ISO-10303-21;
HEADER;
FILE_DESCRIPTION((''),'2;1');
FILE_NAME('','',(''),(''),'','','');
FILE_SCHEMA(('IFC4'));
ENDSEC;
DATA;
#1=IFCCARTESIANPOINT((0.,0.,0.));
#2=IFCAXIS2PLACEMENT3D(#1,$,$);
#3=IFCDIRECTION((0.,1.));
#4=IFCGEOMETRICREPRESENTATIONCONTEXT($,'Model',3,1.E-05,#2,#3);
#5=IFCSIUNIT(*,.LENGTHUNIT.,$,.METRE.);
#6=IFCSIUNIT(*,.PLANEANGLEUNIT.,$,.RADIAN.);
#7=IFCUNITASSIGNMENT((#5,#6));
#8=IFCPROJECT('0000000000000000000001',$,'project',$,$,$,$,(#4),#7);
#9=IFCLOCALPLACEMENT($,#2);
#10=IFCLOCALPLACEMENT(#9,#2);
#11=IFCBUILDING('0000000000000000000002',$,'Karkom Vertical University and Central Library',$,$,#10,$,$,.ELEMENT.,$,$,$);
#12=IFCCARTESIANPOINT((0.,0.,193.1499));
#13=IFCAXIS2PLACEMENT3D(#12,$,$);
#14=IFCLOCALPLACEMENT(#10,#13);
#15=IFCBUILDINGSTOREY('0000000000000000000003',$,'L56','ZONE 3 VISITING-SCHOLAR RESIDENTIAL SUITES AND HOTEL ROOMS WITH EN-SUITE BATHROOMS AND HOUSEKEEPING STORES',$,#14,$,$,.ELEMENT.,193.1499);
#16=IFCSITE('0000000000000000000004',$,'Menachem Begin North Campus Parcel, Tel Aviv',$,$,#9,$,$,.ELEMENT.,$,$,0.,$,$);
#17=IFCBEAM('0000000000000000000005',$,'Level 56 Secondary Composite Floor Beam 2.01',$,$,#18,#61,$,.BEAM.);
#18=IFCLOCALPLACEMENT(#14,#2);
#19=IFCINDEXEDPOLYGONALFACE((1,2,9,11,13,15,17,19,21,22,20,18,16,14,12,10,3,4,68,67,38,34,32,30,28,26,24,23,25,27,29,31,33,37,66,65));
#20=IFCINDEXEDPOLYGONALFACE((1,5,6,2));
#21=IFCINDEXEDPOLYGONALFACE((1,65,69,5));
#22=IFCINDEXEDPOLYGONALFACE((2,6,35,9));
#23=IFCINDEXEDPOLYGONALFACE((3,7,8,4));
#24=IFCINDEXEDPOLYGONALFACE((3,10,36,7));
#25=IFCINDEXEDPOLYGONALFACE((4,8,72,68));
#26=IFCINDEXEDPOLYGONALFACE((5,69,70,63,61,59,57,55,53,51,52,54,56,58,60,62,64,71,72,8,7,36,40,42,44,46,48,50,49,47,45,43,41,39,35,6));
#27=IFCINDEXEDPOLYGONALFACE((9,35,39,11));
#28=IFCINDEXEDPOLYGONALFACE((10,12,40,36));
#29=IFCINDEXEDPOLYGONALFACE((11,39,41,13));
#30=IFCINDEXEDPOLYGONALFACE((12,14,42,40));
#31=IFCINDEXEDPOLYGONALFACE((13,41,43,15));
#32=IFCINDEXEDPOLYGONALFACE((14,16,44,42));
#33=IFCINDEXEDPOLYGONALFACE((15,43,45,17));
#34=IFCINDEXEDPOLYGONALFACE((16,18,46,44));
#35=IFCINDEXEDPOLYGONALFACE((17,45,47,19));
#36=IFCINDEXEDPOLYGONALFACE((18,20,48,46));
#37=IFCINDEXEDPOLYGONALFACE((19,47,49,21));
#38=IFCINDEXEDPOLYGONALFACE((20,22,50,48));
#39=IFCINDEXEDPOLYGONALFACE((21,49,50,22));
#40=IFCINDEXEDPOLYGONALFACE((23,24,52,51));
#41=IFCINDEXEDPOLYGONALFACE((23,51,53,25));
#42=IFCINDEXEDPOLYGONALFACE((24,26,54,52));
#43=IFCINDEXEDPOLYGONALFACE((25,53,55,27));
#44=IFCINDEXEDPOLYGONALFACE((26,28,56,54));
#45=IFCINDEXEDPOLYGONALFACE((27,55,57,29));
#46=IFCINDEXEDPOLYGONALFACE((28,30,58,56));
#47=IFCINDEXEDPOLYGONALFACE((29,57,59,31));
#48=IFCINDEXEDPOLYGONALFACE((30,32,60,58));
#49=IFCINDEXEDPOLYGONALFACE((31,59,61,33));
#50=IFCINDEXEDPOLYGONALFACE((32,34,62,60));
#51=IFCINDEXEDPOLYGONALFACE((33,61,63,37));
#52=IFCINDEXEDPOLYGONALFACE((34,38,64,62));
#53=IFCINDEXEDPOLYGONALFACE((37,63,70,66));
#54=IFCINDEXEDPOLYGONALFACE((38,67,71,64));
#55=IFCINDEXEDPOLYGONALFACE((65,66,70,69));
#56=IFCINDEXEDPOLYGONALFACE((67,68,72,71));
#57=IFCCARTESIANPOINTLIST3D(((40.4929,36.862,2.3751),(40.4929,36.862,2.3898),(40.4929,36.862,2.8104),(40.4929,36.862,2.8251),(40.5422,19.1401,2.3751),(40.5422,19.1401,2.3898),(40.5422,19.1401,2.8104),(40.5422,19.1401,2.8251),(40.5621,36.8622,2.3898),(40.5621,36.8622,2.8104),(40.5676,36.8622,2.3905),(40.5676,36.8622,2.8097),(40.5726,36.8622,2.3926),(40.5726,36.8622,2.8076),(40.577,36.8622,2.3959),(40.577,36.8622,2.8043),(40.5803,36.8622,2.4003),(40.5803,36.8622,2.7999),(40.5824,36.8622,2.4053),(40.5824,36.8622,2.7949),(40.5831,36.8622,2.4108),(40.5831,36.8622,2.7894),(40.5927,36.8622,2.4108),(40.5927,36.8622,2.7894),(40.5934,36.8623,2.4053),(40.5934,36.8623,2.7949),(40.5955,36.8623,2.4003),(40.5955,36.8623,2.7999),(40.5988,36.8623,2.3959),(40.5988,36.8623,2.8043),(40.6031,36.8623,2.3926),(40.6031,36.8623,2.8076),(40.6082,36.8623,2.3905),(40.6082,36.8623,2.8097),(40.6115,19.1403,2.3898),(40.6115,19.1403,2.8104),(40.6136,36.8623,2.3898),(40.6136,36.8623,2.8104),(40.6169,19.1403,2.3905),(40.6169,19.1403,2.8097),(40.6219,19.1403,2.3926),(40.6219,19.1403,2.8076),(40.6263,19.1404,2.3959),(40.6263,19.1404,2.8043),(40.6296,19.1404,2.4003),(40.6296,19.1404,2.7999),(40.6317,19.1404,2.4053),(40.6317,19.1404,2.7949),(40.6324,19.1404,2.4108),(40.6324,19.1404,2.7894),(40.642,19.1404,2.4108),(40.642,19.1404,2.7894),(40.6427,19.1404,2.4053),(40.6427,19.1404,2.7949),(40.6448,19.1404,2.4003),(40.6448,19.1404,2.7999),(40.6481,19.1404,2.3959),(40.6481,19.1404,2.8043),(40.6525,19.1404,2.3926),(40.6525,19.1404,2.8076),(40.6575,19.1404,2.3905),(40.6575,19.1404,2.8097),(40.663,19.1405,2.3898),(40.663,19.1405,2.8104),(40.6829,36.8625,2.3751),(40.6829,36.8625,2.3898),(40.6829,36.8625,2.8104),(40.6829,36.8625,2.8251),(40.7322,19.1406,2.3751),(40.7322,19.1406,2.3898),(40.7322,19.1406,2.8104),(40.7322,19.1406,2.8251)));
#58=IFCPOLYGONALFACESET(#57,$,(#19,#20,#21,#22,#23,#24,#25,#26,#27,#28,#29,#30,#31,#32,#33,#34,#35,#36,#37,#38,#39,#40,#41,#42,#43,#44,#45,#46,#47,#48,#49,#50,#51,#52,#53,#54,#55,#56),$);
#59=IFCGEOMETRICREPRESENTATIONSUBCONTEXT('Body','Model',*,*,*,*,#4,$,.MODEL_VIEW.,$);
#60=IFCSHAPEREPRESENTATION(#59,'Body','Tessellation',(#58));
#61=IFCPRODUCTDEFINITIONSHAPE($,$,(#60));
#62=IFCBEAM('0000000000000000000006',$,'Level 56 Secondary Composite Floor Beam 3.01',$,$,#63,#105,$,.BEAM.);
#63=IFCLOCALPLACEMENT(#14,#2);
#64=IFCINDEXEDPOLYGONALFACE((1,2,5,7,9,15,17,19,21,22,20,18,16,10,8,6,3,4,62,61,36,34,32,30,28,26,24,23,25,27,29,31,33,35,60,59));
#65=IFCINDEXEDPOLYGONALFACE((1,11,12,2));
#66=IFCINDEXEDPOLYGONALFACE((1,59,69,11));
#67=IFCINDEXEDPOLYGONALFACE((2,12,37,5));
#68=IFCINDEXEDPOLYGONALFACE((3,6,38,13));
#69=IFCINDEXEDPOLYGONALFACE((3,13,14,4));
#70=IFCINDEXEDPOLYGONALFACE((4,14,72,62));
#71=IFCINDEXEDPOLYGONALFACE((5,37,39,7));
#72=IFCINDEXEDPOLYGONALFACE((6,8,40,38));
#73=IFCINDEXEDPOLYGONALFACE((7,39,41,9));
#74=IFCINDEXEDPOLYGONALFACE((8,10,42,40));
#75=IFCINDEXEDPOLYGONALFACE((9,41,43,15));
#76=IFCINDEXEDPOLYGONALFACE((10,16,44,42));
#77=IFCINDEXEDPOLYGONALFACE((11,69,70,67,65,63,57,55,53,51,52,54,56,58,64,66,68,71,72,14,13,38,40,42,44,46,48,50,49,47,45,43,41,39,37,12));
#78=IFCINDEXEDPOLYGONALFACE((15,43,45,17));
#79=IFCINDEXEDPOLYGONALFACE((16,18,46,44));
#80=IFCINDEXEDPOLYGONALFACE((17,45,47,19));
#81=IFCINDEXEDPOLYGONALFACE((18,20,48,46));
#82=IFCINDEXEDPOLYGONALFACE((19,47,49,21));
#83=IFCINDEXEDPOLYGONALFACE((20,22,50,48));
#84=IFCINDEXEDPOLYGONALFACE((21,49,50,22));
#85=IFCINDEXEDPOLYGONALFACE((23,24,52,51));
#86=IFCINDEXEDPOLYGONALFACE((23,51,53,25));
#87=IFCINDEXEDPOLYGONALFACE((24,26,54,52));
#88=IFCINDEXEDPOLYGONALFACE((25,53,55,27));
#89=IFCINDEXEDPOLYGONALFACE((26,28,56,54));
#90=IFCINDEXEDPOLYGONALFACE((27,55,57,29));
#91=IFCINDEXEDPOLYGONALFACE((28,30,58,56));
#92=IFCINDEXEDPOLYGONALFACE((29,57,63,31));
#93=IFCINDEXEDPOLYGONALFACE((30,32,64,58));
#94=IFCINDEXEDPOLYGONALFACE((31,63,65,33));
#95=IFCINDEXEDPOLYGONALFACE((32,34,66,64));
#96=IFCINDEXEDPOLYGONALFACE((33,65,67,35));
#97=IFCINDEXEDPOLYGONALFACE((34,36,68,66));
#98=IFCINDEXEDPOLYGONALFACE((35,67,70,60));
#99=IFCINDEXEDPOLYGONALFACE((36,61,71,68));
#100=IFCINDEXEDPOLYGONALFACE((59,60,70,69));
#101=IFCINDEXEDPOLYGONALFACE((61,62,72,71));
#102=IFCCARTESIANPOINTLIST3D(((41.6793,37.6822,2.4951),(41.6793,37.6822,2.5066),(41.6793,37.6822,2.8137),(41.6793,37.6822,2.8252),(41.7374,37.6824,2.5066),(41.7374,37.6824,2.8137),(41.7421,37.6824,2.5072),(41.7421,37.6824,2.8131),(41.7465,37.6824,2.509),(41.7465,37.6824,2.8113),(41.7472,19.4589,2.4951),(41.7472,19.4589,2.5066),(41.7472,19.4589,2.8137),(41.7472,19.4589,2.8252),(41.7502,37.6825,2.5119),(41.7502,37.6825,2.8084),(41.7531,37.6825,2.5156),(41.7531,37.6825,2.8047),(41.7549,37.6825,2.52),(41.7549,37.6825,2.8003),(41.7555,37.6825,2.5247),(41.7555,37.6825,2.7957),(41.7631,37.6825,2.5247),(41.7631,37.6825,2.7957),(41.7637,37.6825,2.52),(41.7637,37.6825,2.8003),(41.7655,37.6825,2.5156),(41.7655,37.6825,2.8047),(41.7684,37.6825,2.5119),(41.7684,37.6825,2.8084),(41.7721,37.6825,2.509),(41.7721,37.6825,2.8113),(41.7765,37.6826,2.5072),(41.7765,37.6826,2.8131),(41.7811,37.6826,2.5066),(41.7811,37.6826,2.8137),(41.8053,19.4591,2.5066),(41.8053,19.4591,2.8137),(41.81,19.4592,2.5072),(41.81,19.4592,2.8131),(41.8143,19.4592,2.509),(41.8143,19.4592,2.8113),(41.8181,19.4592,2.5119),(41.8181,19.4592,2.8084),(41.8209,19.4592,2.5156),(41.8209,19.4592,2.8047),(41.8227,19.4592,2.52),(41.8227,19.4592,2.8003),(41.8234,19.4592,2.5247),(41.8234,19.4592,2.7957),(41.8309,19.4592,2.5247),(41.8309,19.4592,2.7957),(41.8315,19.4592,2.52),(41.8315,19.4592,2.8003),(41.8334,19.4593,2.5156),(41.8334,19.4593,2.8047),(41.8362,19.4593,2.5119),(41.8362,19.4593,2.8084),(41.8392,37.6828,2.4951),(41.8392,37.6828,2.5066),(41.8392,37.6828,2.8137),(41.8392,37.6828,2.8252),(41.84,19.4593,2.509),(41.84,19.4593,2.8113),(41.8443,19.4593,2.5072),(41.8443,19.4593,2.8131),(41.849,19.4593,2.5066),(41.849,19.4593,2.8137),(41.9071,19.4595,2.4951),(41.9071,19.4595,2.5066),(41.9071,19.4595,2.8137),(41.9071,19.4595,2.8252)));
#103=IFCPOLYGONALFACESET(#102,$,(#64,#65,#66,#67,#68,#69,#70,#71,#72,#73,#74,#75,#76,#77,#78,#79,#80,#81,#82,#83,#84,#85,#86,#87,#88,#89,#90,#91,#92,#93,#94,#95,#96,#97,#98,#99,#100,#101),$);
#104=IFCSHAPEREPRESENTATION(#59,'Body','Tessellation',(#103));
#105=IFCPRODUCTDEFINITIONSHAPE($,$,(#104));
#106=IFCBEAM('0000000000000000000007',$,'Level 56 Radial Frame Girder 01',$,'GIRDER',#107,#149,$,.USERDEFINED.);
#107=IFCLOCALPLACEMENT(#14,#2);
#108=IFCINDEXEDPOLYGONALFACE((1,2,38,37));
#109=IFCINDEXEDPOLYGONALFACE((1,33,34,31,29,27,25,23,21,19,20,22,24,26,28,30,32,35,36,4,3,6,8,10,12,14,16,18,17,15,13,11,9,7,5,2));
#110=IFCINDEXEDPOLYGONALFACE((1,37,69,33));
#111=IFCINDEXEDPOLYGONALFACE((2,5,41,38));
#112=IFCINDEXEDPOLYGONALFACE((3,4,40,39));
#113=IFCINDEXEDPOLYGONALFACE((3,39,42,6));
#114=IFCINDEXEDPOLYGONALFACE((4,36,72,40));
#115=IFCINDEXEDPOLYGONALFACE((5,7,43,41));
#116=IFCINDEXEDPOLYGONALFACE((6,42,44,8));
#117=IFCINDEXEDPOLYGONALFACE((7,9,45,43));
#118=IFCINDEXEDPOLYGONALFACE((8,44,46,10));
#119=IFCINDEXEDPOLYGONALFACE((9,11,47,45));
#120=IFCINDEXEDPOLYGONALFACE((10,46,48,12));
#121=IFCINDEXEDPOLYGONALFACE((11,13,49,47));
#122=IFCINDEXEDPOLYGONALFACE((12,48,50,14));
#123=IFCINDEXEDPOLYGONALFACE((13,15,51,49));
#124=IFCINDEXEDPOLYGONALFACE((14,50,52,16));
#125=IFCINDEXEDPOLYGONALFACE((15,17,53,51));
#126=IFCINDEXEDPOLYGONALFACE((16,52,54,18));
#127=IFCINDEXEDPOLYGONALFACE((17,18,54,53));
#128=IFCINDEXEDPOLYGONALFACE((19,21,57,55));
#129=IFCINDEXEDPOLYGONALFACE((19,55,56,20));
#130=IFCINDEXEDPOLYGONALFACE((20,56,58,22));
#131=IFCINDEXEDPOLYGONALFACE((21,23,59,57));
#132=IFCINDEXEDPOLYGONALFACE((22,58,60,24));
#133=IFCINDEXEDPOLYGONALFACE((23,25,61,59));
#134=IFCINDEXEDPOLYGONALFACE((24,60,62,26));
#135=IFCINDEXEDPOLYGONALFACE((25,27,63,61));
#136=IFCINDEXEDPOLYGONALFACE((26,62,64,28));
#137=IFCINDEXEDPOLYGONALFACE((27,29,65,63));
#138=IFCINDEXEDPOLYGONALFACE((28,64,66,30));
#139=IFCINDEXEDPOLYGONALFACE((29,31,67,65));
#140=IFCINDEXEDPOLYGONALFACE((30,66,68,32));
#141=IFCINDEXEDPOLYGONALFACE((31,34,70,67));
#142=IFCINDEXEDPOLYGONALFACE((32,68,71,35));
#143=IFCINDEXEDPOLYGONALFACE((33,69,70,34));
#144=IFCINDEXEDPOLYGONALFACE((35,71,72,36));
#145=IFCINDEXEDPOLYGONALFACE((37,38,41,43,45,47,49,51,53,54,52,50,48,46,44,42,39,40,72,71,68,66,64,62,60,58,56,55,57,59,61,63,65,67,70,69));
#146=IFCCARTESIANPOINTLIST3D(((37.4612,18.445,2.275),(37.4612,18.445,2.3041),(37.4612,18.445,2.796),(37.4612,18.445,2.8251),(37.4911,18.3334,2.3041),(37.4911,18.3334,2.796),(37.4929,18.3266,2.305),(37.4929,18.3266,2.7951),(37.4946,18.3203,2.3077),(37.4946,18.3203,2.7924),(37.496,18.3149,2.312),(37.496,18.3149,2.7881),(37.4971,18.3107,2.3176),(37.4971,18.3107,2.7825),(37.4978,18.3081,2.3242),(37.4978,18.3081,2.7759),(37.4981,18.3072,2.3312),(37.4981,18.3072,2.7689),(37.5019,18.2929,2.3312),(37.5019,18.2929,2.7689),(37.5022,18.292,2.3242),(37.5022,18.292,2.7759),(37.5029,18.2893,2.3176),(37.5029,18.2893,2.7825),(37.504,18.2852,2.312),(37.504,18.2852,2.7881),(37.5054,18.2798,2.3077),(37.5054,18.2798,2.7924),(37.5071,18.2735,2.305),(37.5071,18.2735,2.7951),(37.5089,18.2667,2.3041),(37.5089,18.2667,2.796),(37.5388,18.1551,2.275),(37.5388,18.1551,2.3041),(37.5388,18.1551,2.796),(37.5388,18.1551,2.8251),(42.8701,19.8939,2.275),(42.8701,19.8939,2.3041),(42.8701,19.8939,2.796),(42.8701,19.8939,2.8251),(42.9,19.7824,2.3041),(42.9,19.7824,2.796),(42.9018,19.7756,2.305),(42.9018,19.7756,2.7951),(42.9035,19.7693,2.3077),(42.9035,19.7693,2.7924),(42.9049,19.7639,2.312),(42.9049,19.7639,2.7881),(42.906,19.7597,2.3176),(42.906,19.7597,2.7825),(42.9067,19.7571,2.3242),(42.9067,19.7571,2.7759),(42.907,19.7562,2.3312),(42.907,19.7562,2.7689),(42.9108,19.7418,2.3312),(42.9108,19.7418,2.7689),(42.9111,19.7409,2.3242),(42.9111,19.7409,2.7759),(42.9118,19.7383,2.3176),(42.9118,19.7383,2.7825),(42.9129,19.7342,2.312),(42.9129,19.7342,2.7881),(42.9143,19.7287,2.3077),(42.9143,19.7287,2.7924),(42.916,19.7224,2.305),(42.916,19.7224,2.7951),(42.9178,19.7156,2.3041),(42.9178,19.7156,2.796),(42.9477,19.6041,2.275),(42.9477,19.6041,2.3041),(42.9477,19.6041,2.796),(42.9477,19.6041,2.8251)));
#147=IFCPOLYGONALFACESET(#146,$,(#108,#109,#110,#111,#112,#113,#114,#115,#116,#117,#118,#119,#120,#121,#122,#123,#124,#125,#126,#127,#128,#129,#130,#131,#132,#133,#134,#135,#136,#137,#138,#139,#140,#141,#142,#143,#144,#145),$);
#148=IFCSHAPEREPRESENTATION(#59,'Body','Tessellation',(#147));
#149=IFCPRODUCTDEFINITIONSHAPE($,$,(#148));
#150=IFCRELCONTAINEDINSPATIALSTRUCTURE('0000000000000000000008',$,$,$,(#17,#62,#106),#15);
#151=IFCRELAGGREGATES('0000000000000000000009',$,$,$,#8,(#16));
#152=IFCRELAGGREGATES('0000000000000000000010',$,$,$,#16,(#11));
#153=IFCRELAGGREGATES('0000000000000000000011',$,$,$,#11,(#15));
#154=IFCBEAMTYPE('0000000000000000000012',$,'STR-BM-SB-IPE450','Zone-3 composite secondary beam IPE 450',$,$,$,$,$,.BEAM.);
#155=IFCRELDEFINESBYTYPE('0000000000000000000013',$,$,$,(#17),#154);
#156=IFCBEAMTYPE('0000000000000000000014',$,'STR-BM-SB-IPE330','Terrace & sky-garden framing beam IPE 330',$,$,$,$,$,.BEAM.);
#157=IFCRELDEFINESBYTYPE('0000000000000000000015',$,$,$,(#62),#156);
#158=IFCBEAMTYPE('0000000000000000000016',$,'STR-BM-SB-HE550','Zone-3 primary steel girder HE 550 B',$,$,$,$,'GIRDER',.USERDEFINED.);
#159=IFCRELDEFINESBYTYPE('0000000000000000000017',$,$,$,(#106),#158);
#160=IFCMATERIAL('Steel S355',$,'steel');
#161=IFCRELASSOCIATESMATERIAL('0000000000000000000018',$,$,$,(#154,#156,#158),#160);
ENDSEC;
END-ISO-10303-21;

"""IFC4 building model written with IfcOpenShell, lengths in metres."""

from ifc_helpers import new_model, si_unit, direction, frame, origin, origin_with_axes, origin_2d, place, context, subcontext, project, spatial, i_section, extrude, source, transform, mapped, material, material_profile, profile_set, type_object, element, save


model = new_model("IFC4")

# Units and contexts
model_context = context("Model", 3, precision=1e-05, world=origin(), true_north=direction((0.0, 1.0)))
body_context = subcontext(model_context, "Body", "Model", "MODEL_VIEW")
ifc_project = project(units=[si_unit("LENGTHUNIT", "METRE"), si_unit("PLANEANGLEUNIT", "RADIAN")], contexts=[model_context])

# Site, building, storey
site_placement = place(None, origin())
site = spatial("IfcSite", under=ifc_project, at=site_placement, Name="Menachem Begin North Campus Parcel, Tel Aviv", CompositionType="ELEMENT", RefElevation=0.0)
building_placement = place(site_placement, origin())
building = spatial("IfcBuilding", under=site, at=building_placement, Name="Karkom Vertical University and Central Library", CompositionType="ELEMENT")
storey_placement = place(building_placement, frame((0.0, 0.0, 193.1499)))
storey = spatial("IfcBuildingStorey", under=building, at=storey_placement, Name="L56", Description="ZONE 3 VISITING-SCHOLAR RESIDENTIAL SUITES AND HOTEL ROOMS WITH EN-SUITE BATHROOMS AND HOUSEKEEPING STORES", CompositionType="ELEMENT", Elevation=193.1499)

# Beams
ifc_material_1 = material(Name="Steel S355", Category="steel")
ifc_material_profile_1 = material_profile(ifc_material_1, i_section(OverallWidth=0.1899, OverallDepth=0.45, WebThickness=0.0095, FlangeThickness=0.0146, FilletRadius=0.021, at=origin_2d()), Name="IPE 450")
ifc_profile_set_1 = profile_set([ifc_material_profile_1], Name="Steel S355")
beam_type_1 = type_object("IfcBeamType", Name="STR-BM-SB-IPE450", Description="Zone-3 composite secondary beam IPE 450", PredefinedType="BEAM", material=ifc_profile_set_1)
shared_shape_1 = source(origin_with_axes(), body_context, "Body", "SweptSolid", [
    extrude(i_section(OverallWidth=0.1899, OverallDepth=0.45, WebThickness=0.0095, FlangeThickness=0.0146, FilletRadius=0.021, at=origin_2d()), origin(), (0.0, 0.0, 1.0), 17.7219),
])
beam_1_placement = place(storey_placement, frame((40.6372, 19.1404, 2.6001), z_axis=(-0.002783, 0.999996, 0.0), x_axis=(-0.999996, -0.002783, 0.0)))
element("IfcBeam", 1, at=beam_1_placement, inside=storey, type_object=beam_type_1, Name="Level 56 Secondary Composite Floor Beam 2.01", PredefinedType="BEAM", context=body_context, shape_type="MappedRepresentation", body=[
    mapped(shared_shape_1, transform((0.0, 0.0, 0.0), scale=1.0)),
])
ifc_material_profile_2 = material_profile(ifc_material_1, i_section(OverallWidth=0.1599, OverallDepth=0.3301, WebThickness=0.0076, FlangeThickness=0.0115, FilletRadius=0.0181, at=origin_2d()), Name="IPE 330")
ifc_profile_set_2 = profile_set([ifc_material_profile_2], Name="Steel S355")
beam_type_2 = type_object("IfcBeamType", Name="STR-BM-SB-IPE330", Description="Terrace & sky-garden framing beam IPE 330", PredefinedType="BEAM", material=ifc_profile_set_2)
shared_shape_2 = source(origin_with_axes(), body_context, "Body", "SweptSolid", [
    extrude(i_section(OverallWidth=0.1599, OverallDepth=0.3301, WebThickness=0.0076, FlangeThickness=0.0115, FilletRadius=0.0181, at=origin_2d()), origin(), (0.0, 0.0, 1.0), 18.2234),
])
beam_2_placement = place(storey_placement, frame((41.8271, 19.4592, 2.6602), z_axis=(-0.003724, 0.999993, 0.0), x_axis=(-0.999993, -0.003724, 0.0)))
element("IfcBeam", 2, at=beam_2_placement, inside=storey, type_object=beam_type_2, Name="Level 56 Secondary Composite Floor Beam 3.01", PredefinedType="BEAM", context=body_context, shape_type="MappedRepresentation", body=[
    mapped(shared_shape_2, transform((0.0, 0.0, 0.0), scale=1.0)),
])
ifc_material_profile_3 = material_profile(ifc_material_1, i_section(OverallWidth=0.3, OverallDepth=0.55, WebThickness=0.0149, FlangeThickness=0.0291, FilletRadius=0.0271, at=origin_2d()), Name="HE 550 B")
ifc_profile_set_3 = profile_set([ifc_material_profile_3], Name="Steel S355")
beam_type_3 = type_object("IfcBeamType", Name="STR-BM-SB-HE550", Description="Zone-3 primary steel girder HE 550 B", ElementType="GIRDER", PredefinedType="USERDEFINED", material=ifc_profile_set_3)
shared_shape_3 = source(origin_with_axes(), body_context, "Body", "SweptSolid", [
    extrude(i_section(OverallWidth=0.3, OverallDepth=0.55, WebThickness=0.0149, FlangeThickness=0.0291, FilletRadius=0.0271, at=origin_2d()), origin(), (0.0, 0.0, 1.0), 5.5996),
])
beam_3_placement = place(storey_placement, frame((37.5, 18.3, 2.55), z_axis=(0.965941, 0.258762, 0.0), x_axis=(-0.258762, 0.965941, 0.0)))
element("IfcBeam", 3, at=beam_3_placement, inside=storey, type_object=beam_type_3, Name="Level 56 Radial Frame Girder 01", ObjectType="GIRDER", PredefinedType="USERDEFINED", context=body_context, shape_type="MappedRepresentation", body=[
    mapped(shared_shape_3, transform((0.0, 0.0, 0.0), scale=1.0)),
])

save(model, "model.ifc")
